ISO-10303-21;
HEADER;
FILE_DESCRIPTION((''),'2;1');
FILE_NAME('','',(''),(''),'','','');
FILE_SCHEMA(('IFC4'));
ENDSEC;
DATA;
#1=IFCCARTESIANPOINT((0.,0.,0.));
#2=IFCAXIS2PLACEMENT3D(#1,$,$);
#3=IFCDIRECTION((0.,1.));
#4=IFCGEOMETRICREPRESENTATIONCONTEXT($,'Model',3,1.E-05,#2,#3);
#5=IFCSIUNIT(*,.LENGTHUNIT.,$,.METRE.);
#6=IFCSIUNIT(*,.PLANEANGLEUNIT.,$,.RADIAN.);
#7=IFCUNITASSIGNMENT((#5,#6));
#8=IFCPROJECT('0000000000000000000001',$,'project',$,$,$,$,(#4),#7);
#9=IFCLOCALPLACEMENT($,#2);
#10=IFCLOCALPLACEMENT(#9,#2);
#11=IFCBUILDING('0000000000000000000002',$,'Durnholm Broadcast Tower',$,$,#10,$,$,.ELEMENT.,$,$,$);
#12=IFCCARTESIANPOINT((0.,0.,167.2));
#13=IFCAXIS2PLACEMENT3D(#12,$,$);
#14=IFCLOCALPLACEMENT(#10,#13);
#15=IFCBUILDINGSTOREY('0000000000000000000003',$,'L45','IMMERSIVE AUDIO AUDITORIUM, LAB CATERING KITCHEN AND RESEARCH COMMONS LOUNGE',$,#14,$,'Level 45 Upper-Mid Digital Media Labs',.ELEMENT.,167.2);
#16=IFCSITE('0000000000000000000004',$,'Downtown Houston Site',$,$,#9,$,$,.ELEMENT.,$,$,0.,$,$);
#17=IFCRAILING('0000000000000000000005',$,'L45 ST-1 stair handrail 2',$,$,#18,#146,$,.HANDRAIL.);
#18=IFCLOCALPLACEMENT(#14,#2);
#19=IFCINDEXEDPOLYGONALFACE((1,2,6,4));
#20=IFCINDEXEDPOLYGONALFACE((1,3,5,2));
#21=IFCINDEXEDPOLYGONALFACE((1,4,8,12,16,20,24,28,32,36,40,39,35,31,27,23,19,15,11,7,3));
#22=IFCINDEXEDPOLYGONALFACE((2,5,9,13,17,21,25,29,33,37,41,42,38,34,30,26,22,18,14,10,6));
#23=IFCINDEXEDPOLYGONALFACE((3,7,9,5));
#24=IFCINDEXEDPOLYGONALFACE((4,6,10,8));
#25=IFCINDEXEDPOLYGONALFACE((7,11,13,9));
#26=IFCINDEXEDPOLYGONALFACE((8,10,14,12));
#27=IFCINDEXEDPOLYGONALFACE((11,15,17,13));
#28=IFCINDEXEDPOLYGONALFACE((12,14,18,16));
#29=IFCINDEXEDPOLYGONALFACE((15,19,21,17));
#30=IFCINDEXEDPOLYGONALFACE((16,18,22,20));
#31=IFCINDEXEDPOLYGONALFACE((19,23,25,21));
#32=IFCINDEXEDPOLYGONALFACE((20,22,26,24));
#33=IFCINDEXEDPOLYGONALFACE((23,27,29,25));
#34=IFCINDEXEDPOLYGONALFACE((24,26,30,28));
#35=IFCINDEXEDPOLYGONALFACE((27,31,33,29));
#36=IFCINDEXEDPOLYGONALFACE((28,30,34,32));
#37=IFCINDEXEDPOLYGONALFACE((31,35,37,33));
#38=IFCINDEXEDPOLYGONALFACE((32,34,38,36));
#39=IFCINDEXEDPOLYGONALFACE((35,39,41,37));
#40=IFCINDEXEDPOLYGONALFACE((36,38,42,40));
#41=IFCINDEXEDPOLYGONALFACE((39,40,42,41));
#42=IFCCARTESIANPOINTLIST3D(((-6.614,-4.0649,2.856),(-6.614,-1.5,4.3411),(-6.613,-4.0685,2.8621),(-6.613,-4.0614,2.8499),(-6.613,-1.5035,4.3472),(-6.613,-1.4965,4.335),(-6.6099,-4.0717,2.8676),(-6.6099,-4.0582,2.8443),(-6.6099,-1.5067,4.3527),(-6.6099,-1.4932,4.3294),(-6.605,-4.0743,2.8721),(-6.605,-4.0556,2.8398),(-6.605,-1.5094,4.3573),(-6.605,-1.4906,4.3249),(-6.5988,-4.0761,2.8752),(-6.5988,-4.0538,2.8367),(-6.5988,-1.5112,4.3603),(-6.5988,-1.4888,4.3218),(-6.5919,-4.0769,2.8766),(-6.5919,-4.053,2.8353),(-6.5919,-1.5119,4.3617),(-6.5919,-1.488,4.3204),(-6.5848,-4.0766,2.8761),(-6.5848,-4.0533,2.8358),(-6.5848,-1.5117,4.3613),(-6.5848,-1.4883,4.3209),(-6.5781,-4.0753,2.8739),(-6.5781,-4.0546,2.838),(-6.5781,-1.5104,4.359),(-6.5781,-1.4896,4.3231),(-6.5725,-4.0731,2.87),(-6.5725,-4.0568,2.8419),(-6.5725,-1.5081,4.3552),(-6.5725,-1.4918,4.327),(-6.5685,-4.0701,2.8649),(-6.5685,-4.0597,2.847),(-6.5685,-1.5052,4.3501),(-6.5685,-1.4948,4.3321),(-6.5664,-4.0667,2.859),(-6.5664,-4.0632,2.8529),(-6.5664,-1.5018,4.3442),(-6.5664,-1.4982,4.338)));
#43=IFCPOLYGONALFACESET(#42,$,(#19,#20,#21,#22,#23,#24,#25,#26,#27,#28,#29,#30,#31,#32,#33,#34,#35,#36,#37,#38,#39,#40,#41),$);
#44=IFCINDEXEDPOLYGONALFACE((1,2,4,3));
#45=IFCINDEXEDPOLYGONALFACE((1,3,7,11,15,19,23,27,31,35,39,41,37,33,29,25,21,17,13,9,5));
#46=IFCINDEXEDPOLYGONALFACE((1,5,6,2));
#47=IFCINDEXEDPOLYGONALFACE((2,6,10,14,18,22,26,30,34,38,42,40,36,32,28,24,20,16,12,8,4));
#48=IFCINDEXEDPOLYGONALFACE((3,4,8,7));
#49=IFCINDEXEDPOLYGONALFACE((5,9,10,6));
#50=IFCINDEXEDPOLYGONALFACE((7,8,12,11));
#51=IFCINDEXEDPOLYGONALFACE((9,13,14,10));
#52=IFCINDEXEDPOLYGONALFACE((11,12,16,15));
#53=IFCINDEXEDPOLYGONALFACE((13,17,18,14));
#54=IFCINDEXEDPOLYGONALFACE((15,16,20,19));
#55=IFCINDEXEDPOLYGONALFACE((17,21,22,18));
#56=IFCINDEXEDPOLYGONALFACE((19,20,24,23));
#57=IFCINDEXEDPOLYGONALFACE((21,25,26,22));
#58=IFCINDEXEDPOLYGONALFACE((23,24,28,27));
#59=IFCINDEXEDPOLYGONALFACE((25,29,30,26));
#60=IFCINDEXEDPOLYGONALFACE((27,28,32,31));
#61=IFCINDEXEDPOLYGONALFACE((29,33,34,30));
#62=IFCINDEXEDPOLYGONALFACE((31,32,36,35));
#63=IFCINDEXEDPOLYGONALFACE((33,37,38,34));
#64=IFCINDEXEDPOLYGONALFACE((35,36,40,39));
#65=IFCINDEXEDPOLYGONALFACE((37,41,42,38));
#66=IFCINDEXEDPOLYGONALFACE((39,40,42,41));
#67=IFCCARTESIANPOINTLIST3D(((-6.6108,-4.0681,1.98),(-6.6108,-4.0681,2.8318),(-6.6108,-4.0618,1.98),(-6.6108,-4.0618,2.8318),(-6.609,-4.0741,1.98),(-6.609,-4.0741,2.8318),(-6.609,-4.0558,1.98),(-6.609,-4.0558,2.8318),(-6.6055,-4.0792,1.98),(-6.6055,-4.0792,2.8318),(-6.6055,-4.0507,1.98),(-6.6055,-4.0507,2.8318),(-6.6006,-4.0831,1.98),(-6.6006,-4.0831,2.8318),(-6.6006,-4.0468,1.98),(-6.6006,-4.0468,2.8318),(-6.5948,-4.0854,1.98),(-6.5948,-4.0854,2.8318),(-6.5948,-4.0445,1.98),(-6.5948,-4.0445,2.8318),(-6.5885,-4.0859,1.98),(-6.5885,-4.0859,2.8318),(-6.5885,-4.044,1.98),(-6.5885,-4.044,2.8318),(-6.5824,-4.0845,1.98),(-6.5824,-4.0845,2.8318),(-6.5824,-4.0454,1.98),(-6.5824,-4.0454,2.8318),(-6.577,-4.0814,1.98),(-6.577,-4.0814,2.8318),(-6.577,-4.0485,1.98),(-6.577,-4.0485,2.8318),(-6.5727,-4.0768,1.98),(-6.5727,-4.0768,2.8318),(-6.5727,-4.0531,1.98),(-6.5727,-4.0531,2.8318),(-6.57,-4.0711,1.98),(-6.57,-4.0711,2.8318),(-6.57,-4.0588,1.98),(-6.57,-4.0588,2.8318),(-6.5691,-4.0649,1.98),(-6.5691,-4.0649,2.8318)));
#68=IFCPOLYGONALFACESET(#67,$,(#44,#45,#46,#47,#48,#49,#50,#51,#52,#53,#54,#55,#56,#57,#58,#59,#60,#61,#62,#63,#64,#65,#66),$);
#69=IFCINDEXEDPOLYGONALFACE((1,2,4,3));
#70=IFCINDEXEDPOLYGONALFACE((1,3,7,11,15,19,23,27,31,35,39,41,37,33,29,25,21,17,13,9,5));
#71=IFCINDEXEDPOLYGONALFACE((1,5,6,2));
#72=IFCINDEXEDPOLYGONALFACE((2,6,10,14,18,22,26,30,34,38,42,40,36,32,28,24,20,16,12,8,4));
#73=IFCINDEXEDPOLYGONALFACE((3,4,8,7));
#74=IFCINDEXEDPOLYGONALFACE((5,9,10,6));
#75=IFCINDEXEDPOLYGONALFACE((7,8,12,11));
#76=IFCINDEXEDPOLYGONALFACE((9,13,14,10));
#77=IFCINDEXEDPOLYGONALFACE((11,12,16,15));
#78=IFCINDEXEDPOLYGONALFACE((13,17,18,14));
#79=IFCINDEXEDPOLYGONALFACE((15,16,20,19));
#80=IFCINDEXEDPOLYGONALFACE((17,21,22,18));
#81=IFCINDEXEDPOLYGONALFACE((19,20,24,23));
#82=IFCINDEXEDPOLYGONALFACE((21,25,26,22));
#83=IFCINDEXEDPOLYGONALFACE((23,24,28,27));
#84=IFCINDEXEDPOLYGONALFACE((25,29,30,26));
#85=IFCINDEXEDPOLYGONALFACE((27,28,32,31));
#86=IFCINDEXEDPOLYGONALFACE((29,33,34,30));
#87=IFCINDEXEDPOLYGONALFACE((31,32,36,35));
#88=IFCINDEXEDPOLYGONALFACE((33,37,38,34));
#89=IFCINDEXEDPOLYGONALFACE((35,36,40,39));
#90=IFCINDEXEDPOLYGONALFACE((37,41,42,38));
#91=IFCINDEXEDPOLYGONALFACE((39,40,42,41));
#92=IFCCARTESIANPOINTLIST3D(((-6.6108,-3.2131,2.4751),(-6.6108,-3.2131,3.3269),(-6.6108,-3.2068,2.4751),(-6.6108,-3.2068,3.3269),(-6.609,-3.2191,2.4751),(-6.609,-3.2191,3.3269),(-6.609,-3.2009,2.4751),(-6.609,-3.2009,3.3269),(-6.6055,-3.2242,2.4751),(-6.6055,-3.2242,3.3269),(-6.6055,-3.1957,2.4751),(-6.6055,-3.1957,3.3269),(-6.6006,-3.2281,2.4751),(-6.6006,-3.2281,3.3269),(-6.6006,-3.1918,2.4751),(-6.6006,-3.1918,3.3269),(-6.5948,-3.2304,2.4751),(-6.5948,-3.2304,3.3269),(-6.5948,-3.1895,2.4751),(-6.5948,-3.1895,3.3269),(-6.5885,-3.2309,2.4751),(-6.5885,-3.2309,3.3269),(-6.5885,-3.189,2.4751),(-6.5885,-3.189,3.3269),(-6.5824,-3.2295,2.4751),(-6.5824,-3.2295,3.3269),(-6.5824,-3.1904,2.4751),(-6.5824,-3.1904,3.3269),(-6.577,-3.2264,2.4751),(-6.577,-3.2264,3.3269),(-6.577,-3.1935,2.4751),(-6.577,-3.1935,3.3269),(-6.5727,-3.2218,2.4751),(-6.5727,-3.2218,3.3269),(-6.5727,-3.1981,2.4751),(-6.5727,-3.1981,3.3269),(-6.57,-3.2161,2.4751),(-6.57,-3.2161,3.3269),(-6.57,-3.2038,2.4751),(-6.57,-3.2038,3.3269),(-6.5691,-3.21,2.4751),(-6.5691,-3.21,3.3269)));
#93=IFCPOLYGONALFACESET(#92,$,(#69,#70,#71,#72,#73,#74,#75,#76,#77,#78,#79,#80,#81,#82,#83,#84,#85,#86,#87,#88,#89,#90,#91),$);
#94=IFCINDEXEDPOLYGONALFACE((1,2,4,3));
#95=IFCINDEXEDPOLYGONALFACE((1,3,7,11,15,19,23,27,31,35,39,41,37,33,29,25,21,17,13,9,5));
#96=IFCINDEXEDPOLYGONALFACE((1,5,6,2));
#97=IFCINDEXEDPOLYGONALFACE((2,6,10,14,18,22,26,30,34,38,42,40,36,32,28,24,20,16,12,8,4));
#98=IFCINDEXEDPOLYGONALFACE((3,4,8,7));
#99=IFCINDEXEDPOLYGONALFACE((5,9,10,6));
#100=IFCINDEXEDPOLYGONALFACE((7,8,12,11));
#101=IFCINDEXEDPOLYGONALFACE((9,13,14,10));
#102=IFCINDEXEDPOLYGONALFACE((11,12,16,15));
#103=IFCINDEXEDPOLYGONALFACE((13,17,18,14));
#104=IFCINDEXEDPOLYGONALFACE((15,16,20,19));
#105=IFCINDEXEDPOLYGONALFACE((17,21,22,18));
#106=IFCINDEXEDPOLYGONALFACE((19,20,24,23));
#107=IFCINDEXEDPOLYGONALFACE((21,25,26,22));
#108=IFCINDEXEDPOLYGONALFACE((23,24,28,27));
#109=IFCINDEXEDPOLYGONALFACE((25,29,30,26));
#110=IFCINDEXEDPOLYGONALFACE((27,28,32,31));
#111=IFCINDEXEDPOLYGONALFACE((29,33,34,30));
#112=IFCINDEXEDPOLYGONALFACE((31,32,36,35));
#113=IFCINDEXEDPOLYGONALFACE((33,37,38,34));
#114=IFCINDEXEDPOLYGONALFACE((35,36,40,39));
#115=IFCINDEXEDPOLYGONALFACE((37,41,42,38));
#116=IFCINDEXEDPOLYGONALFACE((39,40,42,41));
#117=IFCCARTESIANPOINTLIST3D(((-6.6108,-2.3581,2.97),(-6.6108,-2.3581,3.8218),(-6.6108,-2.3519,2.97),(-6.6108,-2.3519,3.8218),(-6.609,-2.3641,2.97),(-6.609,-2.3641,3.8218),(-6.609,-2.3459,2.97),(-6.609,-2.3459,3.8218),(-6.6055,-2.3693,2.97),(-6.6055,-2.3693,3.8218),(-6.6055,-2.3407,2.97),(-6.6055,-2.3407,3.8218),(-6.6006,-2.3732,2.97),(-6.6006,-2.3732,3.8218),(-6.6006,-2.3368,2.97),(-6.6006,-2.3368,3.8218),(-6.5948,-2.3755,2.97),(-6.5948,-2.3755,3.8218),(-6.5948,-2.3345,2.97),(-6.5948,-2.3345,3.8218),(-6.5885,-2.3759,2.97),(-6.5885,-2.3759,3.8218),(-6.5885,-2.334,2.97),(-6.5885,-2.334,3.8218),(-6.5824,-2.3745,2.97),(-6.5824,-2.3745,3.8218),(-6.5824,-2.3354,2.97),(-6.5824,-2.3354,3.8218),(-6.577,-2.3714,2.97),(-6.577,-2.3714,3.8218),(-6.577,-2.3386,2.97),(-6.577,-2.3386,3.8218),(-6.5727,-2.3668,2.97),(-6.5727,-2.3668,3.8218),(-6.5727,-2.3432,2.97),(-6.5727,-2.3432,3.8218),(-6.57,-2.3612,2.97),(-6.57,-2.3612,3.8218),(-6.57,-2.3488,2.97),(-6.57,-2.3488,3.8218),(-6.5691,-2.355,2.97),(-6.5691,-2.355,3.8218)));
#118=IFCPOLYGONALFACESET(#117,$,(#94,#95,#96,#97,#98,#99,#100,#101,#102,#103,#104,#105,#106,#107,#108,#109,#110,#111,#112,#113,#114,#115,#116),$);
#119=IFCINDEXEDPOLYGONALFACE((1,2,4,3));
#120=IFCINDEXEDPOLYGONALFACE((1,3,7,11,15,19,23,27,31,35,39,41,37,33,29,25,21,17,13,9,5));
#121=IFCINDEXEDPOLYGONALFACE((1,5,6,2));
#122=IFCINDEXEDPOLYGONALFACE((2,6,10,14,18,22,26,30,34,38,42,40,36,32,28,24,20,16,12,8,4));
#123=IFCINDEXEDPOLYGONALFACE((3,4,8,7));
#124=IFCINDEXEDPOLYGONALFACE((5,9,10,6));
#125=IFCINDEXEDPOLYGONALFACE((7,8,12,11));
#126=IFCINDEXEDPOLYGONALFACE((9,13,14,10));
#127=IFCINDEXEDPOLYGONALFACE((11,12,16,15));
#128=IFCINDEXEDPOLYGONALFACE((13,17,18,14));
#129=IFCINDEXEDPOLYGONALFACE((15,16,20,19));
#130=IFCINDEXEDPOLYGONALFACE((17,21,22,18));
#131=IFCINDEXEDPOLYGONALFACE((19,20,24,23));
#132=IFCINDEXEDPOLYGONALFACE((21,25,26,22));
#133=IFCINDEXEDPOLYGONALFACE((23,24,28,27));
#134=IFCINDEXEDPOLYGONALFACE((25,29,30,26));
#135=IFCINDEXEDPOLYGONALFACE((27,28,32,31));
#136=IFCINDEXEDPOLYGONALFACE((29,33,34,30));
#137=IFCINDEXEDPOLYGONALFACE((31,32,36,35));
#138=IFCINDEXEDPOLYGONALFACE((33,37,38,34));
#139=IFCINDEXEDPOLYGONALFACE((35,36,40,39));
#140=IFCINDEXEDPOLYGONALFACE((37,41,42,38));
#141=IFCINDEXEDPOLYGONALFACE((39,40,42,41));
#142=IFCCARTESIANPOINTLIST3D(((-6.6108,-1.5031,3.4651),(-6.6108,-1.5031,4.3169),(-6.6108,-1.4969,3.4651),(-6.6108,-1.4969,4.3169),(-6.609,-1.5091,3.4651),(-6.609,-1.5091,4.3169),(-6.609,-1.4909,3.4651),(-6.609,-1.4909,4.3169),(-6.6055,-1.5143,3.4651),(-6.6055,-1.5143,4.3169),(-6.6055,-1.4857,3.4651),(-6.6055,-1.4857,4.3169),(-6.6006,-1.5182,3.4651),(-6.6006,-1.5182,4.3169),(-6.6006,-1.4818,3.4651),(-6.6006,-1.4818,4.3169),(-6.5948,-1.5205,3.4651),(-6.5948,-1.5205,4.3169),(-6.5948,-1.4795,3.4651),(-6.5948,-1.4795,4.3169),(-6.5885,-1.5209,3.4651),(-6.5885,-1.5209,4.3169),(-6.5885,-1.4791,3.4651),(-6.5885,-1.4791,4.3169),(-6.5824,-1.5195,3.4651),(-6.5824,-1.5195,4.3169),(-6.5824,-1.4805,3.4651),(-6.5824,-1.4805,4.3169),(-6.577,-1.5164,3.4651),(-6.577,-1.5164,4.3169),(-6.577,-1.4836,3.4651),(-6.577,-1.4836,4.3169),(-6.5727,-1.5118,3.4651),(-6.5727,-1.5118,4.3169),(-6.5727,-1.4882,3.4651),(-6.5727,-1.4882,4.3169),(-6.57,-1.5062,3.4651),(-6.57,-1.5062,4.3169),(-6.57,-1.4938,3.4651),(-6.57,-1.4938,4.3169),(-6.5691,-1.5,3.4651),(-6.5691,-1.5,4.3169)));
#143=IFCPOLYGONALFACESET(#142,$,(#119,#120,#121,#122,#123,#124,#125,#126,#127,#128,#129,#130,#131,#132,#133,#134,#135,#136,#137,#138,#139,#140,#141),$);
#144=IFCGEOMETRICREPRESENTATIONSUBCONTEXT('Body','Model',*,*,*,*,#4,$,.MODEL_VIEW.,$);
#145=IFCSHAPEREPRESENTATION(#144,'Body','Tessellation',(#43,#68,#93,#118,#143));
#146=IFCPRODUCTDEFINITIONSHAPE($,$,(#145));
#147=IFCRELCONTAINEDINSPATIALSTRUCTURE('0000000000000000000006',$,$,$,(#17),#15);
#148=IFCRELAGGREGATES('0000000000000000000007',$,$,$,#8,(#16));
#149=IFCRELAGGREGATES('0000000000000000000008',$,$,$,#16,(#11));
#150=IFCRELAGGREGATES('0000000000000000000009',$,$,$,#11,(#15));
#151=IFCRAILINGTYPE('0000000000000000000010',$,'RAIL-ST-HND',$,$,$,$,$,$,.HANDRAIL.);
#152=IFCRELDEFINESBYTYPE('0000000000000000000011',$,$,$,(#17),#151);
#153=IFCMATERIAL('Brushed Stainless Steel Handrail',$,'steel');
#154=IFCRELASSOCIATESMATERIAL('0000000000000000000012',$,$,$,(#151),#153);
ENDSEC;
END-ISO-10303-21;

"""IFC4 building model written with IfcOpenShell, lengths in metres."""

from ifc_helpers import new_model, si_unit, direction, frame, origin, origin_2d, place, context, subcontext, project, spatial, circle, extrude, material, type_object, element, save


model = new_model("IFC4")

# Units and contexts
model_context = context("Model", 3, precision=1e-05, world=origin(), true_north=direction((0.0, 1.0)))
body_context = subcontext(model_context, "Body", "Model", "MODEL_VIEW")
ifc_project = project(units=[si_unit("LENGTHUNIT", "METRE"), si_unit("PLANEANGLEUNIT", "RADIAN")], contexts=[model_context])

# Site, building, storey
site_placement = place(None, origin())
site = spatial("IfcSite", under=ifc_project, at=site_placement, Name="Downtown Houston Site", CompositionType="ELEMENT", RefElevation=0.0)
building_placement = place(site_placement, origin())
building = spatial("IfcBuilding", under=site, at=building_placement, Name="Durnholm Broadcast Tower", CompositionType="ELEMENT")
storey_placement = place(building_placement, frame((0.0, 0.0, 167.2)))
storey = spatial("IfcBuildingStorey", under=building, at=storey_placement, Name="L45", Description="IMMERSIVE AUDIO AUDITORIUM, LAB CATERING KITCHEN AND RESEARCH COMMONS LOUNGE", LongName="Level 45 Upper-Mid Digital Media Labs", CompositionType="ELEMENT", Elevation=167.2)

# Railing
ifc_material_1 = material(Name="Brushed Stainless Steel Handrail", Category="steel")
railing_type_1 = type_object("IfcRailingType", Name="RAIL-ST-HND", PredefinedType="HANDRAIL", material=ifc_material_1)
railing_1_placement = place(storey_placement, frame((-6.5901, -4.0649, 1.98)))
element("IfcRailing", 1, at=railing_1_placement, inside=storey, type_object=railing_type_1, Name="L45 ST-1 stair handrail 2", PredefinedType="HANDRAIL", context=body_context, shape_type="SweptSolid", body=[
    extrude(circle(Radius=0.0239, at=origin_2d()), frame((0.0, 0.0, 0.876), z_axis=(0.0, 0.865406, 0.501072), x_axis=(-1.0, 0.0, 0.0)), (0.0, 0.0, 1.0), 2.9639),
    extrude(circle(Radius=0.021, at=origin_2d()), origin(), (0.0, 0.0, 1.0), 0.8518),
    extrude(circle(Radius=0.021, at=origin_2d()), frame((0.0, 0.855, 0.4951)), (0.0, 0.0, 1.0), 0.8518),
    extrude(circle(Radius=0.021, at=origin_2d()), frame((0.0, 1.71, 0.99)), (0.0, 0.0, 1.0), 0.8518),
    extrude(circle(Radius=0.021, at=origin_2d()), frame((0.0, 2.5649, 1.4851)), (0.0, 0.0, 1.0), 0.8518),
])

save(model, "model.ifc")
